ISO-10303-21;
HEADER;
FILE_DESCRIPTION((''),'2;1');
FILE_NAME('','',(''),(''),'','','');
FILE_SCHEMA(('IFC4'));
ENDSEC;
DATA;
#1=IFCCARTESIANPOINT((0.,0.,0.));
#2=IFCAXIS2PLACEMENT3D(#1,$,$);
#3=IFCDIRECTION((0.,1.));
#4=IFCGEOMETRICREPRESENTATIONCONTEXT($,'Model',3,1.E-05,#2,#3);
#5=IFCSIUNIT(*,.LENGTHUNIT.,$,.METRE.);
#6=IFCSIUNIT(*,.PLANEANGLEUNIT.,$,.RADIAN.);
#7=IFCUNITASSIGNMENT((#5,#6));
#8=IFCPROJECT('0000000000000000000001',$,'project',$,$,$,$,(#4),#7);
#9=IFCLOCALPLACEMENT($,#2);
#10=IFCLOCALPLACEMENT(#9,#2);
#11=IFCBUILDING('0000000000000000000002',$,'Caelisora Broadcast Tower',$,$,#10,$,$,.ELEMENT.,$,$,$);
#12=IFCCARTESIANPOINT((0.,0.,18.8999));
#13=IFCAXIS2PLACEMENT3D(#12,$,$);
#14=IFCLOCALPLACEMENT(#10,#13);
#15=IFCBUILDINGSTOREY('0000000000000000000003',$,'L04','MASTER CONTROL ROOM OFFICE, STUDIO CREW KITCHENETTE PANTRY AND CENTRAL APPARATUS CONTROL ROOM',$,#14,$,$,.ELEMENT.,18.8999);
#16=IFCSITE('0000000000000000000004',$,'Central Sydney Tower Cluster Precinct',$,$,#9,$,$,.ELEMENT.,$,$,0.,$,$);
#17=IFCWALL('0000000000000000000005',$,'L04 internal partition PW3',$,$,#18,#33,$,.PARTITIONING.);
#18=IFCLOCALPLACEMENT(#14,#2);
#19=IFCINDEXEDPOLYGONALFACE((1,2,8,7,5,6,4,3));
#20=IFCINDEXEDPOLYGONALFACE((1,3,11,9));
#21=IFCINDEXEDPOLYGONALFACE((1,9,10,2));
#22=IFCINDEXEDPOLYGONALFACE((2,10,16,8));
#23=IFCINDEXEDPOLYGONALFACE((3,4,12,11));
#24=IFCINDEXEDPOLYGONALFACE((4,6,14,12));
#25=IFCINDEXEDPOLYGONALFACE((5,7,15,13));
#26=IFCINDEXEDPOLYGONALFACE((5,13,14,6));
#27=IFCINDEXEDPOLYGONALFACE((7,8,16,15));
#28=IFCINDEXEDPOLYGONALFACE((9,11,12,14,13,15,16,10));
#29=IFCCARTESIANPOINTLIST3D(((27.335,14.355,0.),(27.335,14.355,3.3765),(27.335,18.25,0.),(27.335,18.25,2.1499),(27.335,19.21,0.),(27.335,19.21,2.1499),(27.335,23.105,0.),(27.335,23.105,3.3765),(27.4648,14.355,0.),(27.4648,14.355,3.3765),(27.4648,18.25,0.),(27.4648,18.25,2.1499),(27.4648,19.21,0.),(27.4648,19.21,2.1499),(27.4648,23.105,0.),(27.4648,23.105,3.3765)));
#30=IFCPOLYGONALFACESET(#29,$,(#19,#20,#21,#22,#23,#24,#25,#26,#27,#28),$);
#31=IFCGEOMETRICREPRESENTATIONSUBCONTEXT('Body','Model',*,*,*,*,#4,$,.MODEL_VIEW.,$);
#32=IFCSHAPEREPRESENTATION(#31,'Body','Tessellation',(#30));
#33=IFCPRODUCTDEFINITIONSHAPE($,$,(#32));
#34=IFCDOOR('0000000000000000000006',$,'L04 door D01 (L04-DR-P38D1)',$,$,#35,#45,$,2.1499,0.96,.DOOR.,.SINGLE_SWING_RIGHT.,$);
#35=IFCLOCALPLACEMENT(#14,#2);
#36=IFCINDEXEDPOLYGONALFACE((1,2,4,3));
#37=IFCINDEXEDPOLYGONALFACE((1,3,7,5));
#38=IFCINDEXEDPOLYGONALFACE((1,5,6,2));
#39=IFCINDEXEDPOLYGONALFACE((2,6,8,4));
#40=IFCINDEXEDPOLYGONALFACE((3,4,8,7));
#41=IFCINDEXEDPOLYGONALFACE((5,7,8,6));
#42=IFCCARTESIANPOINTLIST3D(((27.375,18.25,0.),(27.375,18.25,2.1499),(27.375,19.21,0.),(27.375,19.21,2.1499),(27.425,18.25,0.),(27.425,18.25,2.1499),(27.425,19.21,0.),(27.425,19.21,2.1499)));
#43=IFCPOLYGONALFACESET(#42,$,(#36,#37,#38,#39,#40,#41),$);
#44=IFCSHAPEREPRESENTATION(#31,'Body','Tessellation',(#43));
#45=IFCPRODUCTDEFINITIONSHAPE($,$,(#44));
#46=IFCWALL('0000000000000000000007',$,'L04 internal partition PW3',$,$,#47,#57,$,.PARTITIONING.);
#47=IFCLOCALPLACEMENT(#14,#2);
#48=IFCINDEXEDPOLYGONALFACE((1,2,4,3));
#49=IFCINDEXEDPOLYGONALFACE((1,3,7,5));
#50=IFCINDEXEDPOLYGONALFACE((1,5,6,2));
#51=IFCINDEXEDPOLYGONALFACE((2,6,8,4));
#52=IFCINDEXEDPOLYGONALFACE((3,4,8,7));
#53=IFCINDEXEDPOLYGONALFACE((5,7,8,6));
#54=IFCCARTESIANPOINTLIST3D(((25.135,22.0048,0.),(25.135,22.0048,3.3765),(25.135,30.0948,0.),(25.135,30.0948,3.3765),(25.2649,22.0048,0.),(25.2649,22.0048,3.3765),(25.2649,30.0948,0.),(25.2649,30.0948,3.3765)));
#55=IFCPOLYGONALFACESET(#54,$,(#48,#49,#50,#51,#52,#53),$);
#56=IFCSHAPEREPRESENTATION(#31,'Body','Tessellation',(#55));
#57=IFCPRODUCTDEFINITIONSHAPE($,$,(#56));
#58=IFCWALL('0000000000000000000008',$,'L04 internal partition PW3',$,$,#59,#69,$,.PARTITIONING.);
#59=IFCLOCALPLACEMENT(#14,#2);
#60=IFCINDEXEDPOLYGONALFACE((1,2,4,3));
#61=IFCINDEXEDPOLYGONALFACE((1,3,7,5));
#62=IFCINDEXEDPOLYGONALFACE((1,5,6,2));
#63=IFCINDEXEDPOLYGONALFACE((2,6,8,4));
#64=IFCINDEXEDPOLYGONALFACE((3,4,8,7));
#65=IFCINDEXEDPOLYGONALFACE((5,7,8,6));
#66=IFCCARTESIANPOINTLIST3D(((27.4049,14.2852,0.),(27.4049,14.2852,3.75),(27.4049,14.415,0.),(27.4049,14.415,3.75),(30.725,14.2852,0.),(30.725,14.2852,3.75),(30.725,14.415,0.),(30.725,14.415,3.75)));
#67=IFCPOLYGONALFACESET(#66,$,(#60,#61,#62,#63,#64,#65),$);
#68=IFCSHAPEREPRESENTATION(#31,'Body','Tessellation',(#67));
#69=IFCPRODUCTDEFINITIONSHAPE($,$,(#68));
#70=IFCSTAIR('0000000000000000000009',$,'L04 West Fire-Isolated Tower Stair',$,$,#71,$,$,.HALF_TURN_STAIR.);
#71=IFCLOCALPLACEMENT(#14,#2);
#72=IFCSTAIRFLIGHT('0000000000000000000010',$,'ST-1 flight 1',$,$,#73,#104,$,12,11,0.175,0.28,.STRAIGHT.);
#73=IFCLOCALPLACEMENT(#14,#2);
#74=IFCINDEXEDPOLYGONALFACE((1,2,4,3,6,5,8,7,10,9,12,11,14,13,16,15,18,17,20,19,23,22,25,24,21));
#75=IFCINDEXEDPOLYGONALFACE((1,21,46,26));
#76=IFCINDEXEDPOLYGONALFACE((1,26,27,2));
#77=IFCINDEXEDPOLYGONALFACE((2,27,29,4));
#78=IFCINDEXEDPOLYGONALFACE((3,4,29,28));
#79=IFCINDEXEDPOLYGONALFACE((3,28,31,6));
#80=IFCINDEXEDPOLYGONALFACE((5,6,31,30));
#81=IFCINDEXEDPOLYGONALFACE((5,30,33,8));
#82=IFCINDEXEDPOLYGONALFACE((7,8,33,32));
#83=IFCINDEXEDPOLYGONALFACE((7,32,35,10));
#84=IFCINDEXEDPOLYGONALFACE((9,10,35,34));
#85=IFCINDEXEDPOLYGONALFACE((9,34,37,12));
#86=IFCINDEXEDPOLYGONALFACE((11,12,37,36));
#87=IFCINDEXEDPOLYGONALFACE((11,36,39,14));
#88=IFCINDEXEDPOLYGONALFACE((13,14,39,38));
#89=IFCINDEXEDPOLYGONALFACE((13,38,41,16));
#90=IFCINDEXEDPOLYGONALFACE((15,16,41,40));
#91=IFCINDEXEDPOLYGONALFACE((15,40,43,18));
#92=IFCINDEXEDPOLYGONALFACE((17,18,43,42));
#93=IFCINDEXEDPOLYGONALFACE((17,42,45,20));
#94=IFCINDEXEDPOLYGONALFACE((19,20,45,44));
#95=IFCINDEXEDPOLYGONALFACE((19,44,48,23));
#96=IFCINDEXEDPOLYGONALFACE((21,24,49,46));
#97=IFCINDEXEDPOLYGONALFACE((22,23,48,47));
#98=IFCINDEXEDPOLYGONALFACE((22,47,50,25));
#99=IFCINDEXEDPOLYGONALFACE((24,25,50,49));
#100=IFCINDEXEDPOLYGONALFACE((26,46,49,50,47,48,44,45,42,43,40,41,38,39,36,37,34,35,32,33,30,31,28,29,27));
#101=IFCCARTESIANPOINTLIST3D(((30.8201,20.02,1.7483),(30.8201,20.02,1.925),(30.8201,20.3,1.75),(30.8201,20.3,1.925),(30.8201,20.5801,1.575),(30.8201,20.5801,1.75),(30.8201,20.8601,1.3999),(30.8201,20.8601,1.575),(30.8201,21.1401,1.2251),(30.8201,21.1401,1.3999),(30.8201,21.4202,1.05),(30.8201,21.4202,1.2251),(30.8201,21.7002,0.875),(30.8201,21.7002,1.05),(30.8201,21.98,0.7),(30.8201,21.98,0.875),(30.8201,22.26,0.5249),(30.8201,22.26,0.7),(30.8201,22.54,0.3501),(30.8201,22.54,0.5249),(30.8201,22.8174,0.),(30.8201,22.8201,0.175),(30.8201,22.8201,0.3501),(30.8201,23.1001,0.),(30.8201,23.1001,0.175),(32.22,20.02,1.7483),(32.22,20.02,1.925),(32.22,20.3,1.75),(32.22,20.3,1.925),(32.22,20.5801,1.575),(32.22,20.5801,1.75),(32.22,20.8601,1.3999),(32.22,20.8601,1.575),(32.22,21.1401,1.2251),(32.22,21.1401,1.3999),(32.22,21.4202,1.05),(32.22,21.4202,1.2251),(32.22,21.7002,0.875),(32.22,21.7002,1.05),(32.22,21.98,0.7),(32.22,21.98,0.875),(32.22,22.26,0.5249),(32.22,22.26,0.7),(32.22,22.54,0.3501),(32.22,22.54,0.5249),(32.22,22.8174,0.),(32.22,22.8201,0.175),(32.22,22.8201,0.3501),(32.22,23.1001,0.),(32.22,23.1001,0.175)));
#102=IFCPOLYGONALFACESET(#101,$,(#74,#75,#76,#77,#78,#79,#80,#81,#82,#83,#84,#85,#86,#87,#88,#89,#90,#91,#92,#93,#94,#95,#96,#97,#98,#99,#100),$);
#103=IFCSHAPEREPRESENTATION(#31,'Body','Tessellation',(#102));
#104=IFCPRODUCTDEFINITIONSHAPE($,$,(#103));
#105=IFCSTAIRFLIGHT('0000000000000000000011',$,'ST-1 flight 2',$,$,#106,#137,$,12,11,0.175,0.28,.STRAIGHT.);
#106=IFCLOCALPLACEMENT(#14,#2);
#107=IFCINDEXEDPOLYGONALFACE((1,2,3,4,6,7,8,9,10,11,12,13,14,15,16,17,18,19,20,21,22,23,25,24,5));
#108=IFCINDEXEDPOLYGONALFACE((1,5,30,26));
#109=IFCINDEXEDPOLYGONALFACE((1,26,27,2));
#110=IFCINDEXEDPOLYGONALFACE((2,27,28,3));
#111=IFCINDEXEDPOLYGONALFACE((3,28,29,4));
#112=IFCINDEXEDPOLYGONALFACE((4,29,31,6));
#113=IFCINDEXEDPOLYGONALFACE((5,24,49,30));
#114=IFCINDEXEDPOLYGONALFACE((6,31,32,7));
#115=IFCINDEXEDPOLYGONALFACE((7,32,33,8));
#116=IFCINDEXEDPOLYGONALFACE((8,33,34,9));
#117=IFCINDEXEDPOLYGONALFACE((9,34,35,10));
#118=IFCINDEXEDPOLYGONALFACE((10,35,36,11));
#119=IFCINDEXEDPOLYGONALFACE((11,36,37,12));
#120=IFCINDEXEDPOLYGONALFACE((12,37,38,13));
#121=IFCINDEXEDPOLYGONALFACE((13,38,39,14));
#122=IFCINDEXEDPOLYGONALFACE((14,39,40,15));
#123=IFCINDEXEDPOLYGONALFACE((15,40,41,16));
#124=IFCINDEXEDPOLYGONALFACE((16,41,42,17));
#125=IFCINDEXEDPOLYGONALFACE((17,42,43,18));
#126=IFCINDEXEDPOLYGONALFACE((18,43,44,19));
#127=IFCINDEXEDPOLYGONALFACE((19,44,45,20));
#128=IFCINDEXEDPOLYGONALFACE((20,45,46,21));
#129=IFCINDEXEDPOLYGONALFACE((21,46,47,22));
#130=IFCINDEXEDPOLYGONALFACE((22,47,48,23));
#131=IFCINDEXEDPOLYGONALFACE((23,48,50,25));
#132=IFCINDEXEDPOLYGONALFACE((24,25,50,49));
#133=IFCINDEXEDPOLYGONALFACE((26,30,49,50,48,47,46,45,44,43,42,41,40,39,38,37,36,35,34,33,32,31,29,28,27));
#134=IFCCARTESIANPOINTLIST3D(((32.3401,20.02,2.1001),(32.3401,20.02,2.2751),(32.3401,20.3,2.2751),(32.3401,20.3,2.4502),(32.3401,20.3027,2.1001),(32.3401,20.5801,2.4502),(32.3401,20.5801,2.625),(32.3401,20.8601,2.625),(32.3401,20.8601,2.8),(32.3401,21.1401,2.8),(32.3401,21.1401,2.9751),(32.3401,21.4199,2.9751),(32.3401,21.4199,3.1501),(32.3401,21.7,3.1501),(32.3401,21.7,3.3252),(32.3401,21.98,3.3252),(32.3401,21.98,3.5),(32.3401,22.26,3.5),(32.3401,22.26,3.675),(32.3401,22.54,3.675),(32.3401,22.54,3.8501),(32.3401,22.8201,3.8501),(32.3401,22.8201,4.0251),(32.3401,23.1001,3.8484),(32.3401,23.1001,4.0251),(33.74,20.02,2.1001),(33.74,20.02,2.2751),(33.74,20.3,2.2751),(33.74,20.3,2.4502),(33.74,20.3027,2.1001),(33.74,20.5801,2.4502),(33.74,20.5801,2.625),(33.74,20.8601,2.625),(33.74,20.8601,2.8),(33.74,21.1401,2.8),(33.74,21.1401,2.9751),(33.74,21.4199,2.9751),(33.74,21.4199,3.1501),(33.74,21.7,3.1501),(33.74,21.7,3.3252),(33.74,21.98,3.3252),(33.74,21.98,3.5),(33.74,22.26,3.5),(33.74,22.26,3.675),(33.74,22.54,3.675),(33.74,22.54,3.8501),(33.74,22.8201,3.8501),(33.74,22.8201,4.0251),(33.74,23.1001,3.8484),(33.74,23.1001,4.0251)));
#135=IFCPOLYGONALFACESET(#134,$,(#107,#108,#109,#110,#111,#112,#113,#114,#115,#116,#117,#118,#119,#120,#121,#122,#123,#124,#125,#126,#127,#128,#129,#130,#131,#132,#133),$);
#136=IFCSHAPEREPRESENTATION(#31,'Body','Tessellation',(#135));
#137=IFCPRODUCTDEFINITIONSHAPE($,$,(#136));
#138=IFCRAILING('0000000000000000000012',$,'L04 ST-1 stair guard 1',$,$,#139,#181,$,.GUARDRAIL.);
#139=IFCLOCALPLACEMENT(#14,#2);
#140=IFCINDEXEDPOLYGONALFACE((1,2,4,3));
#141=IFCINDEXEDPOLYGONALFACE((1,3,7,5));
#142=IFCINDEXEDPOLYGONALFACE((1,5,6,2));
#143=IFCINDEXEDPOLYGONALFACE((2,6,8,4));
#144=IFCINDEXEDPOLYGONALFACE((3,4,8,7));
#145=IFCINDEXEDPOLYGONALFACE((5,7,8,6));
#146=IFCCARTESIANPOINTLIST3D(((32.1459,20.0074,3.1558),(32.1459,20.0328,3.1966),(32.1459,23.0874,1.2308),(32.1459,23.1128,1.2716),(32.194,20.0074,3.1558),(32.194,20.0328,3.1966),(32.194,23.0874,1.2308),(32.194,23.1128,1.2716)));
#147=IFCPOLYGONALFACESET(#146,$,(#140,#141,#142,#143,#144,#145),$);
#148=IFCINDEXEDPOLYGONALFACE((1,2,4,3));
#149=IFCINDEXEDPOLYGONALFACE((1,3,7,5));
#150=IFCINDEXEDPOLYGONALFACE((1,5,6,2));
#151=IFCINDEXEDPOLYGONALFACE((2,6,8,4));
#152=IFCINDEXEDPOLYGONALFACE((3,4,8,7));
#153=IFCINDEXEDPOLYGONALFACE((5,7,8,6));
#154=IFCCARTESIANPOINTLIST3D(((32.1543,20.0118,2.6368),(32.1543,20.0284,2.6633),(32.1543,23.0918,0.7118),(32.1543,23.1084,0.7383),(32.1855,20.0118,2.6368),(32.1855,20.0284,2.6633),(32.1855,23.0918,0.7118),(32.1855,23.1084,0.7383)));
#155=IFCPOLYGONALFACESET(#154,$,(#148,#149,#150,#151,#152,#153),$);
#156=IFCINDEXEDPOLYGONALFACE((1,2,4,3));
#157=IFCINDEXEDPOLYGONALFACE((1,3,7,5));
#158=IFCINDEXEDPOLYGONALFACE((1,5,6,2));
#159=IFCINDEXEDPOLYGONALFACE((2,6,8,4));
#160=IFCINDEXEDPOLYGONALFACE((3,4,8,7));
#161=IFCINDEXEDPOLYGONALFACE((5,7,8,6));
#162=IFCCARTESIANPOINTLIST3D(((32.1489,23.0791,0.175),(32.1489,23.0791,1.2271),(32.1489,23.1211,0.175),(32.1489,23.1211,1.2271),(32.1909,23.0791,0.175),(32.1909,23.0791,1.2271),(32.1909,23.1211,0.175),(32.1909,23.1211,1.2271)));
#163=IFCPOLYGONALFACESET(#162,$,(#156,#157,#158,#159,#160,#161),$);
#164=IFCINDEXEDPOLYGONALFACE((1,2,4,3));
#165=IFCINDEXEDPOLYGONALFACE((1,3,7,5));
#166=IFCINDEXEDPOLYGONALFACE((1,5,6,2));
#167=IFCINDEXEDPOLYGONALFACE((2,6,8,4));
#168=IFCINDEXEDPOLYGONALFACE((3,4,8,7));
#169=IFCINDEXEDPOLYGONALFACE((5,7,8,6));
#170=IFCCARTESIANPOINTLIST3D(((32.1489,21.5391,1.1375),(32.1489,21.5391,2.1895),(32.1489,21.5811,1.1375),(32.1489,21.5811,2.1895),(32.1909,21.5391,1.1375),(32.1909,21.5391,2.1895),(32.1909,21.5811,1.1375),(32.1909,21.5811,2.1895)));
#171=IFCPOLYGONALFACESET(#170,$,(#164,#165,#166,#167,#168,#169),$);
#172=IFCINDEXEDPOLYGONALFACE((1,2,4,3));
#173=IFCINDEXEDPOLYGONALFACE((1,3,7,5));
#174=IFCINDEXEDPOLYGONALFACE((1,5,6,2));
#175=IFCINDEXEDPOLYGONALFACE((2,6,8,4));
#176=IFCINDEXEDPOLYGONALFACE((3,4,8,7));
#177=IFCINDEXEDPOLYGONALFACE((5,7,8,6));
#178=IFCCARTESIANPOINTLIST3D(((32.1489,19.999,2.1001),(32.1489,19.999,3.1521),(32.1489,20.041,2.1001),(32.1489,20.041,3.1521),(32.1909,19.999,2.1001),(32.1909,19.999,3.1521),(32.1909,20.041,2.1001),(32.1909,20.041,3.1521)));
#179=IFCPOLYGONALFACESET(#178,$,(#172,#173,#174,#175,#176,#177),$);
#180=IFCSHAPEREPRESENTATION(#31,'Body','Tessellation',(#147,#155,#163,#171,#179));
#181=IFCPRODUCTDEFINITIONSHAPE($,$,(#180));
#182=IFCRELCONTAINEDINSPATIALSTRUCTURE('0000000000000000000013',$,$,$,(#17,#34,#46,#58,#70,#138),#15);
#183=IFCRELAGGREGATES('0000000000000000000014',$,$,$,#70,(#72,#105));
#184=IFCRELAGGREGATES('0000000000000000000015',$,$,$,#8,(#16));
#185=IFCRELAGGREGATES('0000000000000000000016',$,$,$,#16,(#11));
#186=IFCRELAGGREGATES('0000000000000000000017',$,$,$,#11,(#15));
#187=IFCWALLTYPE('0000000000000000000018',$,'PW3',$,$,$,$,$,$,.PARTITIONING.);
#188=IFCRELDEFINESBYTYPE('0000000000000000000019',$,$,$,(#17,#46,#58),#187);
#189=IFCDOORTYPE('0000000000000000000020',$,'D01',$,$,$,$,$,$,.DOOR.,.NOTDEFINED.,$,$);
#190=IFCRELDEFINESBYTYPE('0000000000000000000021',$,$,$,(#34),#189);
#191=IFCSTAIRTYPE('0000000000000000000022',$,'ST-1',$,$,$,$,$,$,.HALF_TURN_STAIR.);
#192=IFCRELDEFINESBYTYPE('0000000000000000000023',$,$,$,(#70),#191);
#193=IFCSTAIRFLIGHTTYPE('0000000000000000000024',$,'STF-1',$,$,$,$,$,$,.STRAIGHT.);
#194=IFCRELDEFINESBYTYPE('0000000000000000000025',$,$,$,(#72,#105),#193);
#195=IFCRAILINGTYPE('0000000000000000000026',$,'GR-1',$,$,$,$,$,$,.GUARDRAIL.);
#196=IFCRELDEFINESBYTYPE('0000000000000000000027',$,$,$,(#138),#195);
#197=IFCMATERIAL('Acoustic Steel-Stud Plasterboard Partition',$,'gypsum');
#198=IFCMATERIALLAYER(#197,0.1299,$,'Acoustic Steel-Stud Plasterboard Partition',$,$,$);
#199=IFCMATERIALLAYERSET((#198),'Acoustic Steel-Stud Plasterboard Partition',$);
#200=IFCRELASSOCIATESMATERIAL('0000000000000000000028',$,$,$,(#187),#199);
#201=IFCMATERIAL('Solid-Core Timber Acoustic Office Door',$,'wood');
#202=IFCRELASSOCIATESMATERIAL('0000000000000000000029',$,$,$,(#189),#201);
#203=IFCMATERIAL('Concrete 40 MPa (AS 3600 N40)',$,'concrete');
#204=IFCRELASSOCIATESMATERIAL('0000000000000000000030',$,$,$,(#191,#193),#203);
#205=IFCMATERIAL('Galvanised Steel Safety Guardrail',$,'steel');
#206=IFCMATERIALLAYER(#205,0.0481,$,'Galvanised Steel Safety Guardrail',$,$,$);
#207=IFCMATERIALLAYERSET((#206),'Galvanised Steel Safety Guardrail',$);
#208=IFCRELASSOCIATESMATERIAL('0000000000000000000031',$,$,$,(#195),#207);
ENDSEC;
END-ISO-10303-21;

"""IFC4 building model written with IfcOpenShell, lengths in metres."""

from ifc_helpers import new_model, si_unit, direction, frame, frame_2d, origin, origin_2d, place, context, subcontext, project, spatial, polyline, rectangle, outline, extrude, material, layer, layer_set, type_object, element, fill, aggregate, save


model = new_model("IFC4")

# Units and contexts
model_context = context("Model", 3, precision=1e-05, world=origin(), true_north=direction((0.0, 1.0)))
body_context = subcontext(model_context, "Body", "Model", "MODEL_VIEW")
ifc_project = project(units=[si_unit("LENGTHUNIT", "METRE"), si_unit("PLANEANGLEUNIT", "RADIAN")], contexts=[model_context])

# Site, building, storey
site_placement = place(None, origin())
site = spatial("IfcSite", under=ifc_project, at=site_placement, Name="Central Sydney Tower Cluster Precinct", CompositionType="ELEMENT", RefElevation=0.0)
building_placement = place(site_placement, origin())
building = spatial("IfcBuilding", under=site, at=building_placement, Name="Caelisora Broadcast Tower", CompositionType="ELEMENT")
storey_placement = place(building_placement, frame((0.0, 0.0, 18.8999)))
storey = spatial("IfcBuildingStorey", under=building, at=storey_placement, Name="L04", Description="MASTER CONTROL ROOM OFFICE, STUDIO CREW KITCHENETTE PANTRY AND CENTRAL APPARATUS CONTROL ROOM", CompositionType="ELEMENT", Elevation=18.8999)

# Wall, opening, door
ifc_material_1 = material(Name="Acoustic Steel-Stud Plasterboard Partition", Category="gypsum")
ifc_layer_1 = layer(ifc_material_1, 0.1299, Name="Acoustic Steel-Stud Plasterboard Partition")
ifc_layer_set_1 = layer_set([ifc_layer_1], Name="Acoustic Steel-Stud Plasterboard Partition")
wall_type_1 = type_object("IfcWallType", Name="PW3", PredefinedType="PARTITIONING", material=ifc_layer_set_1)
ifc_material_2 = material(Name="Solid-Core Timber Acoustic Office Door", Category="wood")
door_type_1 = type_object("IfcDoorType", Name="D01", OperationType="NOTDEFINED", PredefinedType="DOOR", material=ifc_material_2)
wall_1_placement = place(storey_placement, frame((27.3999, 14.355, 0.0), z_axis=(0.0, 0.0, 1.0), x_axis=(0.0, 1.0, 0.0)))
wall_1 = element("IfcWall", 1, at=wall_1_placement, inside=storey, type_object=wall_type_1, Name="L04 internal partition PW3", PredefinedType="PARTITIONING", context=body_context, shape_type="SweptSolid", body=[
    extrude(rectangle(XDim=8.75, YDim=0.1299, at=frame_2d((4.375, 0.0))), origin(), (0.0, 0.0, 1.0), 3.3765),
])
opening_1_placement = place(wall_1_placement, frame((3.895, 0.0, 0.0)))
opening_1 = element("IfcOpeningElement", 2, at=opening_1_placement, cuts=wall_1, PredefinedType="OPENING", context=body_context, shape_type="SweptSolid", body=[
    extrude(rectangle(XDim=0.96, YDim=2.1499, at=frame_2d((0.48, 1.075))), frame((0.0, 0.0769, 0.0), z_axis=(0.0, -1.0, 0.0), x_axis=(1.0, 0.0, 0.0)), (0.0, 0.0, 1.0), 0.1538),
])
door_1_placement = place(opening_1_placement, origin())
door_1 = element("IfcDoor", 3, at=door_1_placement, inside=storey, type_object=door_type_1, Name="L04 door D01 (L04-DR-P38D1)", OperationType="SINGLE_SWING_RIGHT", OverallHeight=2.1499, OverallWidth=0.96, PredefinedType="DOOR", context=body_context, shape_type="SweptSolid", body=[
    extrude(rectangle(XDim=0.96, YDim=2.1499, at=frame_2d((0.48, 1.075))), frame((0.0, 0.0249, 0.0), z_axis=(0.0, -1.0, 0.0), x_axis=(1.0, 0.0, 0.0)), (0.0, 0.0, 1.0), 0.05),
])
fill(opening_1, door_1)

# Walls
wall_2_placement = place(storey_placement, frame((25.2, 22.0049, 0.0), z_axis=(0.0, 0.0, 1.0), x_axis=(0.0, 1.0, 0.0)))
element("IfcWall", 4, at=wall_2_placement, inside=storey, type_object=wall_type_1, Name="L04 internal partition PW3", PredefinedType="PARTITIONING", context=body_context, shape_type="SweptSolid", body=[
    extrude(rectangle(XDim=8.0901, YDim=0.1299, at=frame_2d((4.0449, 0.0))), origin(), (0.0, 0.0, 1.0), 3.3765),
])
wall_3_placement = place(storey_placement, frame((30.7251, 14.3501, 0.0), z_axis=(0.0, 0.0, 1.0), x_axis=(-1.0, 0.0, 0.0)))
element("IfcWall", 5, at=wall_3_placement, inside=storey, type_object=wall_type_1, Name="L04 internal partition PW3", PredefinedType="PARTITIONING", context=body_context, shape_type="SweptSolid", body=[
    extrude(rectangle(XDim=3.3201, YDim=0.1299, at=frame_2d((1.6602, 0.0))), origin(), (0.0, 0.0, 1.0), 3.75),
])

# Stair, stair flights
ifc_material_3 = material(Name="Concrete 40 MPa (AS 3600 N40)", Category="concrete")
stair_type = type_object("IfcStairType", Name="ST-1", PredefinedType="HALF_TURN_STAIR", material=ifc_material_3)
stair_placement = place(storey_placement, origin())
stair = element("IfcStair", 6, at=stair_placement, inside=storey, type_object=stair_type, Name="L04 West Fire-Isolated Tower Stair", PredefinedType="HALF_TURN_STAIR")
stair_flight_type = type_object("IfcStairFlightType", Name="STF-1", PredefinedType="STRAIGHT", material=ifc_material_3)
stair_flight_1_placement = place(storey_placement, frame((31.52, 23.1001, 0.0), z_axis=(0.0, 0.0, 1.0), x_axis=(0.0, -1.0, 0.0)))
stair_flight_1 = element("IfcStairFlight", 7, at=stair_flight_1_placement, type_object=stair_flight_type, Name="ST-1 flight 1", NumberOfRisers=12, NumberOfTreads=11, PredefinedType="STRAIGHT", RiserHeight=0.175, TreadLength=0.28, context=body_context, shape_type="SweptSolid", body=[
    extrude(outline(polyline([(0.0, 0.0), (0.0, 0.175), (0.28, 0.175), (0.28, 0.3501), (0.5601, 0.3501), (0.5601, 0.5249), (0.8401, 0.5249), (0.8401, 0.7), (1.1201, 0.7), (1.1201, 0.875), (1.3999, 0.875), (1.3999, 1.05), (1.6799, 1.05), (1.6799, 1.2251), (1.96, 1.2251), (1.96, 1.3999), (2.24, 1.3999), (2.24, 1.575), (2.52, 1.575), (2.52, 1.75), (2.8, 1.75), (2.8, 1.925), (3.0801, 1.925), (3.0801, 2.1001), (3.0801, 1.7483), (0.2827, 0.0), (0.0, 0.0)])), frame((0.0, 0.7, 0.0), z_axis=(0.0, -1.0, 0.0), x_axis=(1.0, 0.0, 0.0)), (0.0, 0.0, 1.0), 1.3999),
])
stair_flight_2_placement = place(storey_placement, frame((33.04, 20.02, 2.1001), z_axis=(0.0, 0.0, 1.0), x_axis=(0.0, 1.0, 0.0)))
stair_flight_2 = element("IfcStairFlight", 8, at=stair_flight_2_placement, type_object=stair_flight_type, Name="ST-1 flight 2", NumberOfRisers=12, NumberOfTreads=11, PredefinedType="STRAIGHT", RiserHeight=0.175, TreadLength=0.28, context=body_context, shape_type="SweptSolid", body=[
    extrude(outline(polyline([(0.0, 0.0), (0.0, 0.175), (0.28, 0.175), (0.28, 0.3501), (0.5601, 0.3501), (0.5601, 0.5249), (0.8401, 0.5249), (0.8401, 0.7), (1.1201, 0.7), (1.1201, 0.875), (1.3999, 0.875), (1.3999, 1.05), (1.6799, 1.05), (1.6799, 1.2251), (1.96, 1.2251), (1.96, 1.3999), (2.24, 1.3999), (2.24, 1.575), (2.52, 1.575), (2.52, 1.75), (2.8, 1.75), (2.8, 1.925), (3.0801, 1.925), (3.0801, 2.1001), (3.0801, 1.7483), (0.2827, 0.0), (0.0, 0.0)])), frame((0.0, 0.7, 0.0), z_axis=(0.0, -1.0, 0.0), x_axis=(1.0, 0.0, 0.0)), (0.0, 0.0, 1.0), 1.3999),
])
aggregate(stair, [stair_flight_1, stair_flight_2])

# Railing
ifc_material_4 = material(Name="Galvanised Steel Safety Guardrail", Category="steel")
ifc_layer_2 = layer(ifc_material_4, 0.0481, Name="Galvanised Steel Safety Guardrail")
ifc_layer_set_2 = layer_set([ifc_layer_2], Name="Galvanised Steel Safety Guardrail")
railing_type_1 = type_object("IfcRailingType", Name="GR-1", PredefinedType="GUARDRAIL", material=ifc_layer_set_2)
railing_1_placement = place(storey_placement, frame((32.1699, 23.1001, 0.175)))
element("IfcRailing", 9, at=railing_1_placement, inside=storey, type_object=railing_type_1, Name="L04 ST-1 stair guard 1", PredefinedType="GUARDRAIL", context=body_context, shape_type="SweptSolid", body=[
    extrude(rectangle(XDim=0.0481, YDim=0.0481, at=origin_2d()), frame((0.0, 0.0, 1.0762), z_axis=(0.0, -0.847998, 0.529999), x_axis=(1.0, 0.0, 0.0)), (0.0, 0.0, 1.0), 3.6321),
    extrude(rectangle(XDim=0.0312, YDim=0.0312, at=origin_2d()), frame((0.0, 0.0, 0.55), z_axis=(0.0, -0.847998, 0.529999), x_axis=(1.0, 0.0, 0.0)), (0.0, 0.0, 1.0), 3.6321),
    extrude(rectangle(XDim=0.042, YDim=0.042, at=origin_2d()), origin(), (0.0, 0.0, 1.0), 1.052),
    extrude(rectangle(XDim=0.042, YDim=0.042, at=origin_2d()), frame((0.0, -1.54, 0.9624)), (0.0, 0.0, 1.0), 1.052),
    extrude(rectangle(XDim=0.042, YDim=0.042, at=origin_2d()), frame((0.0, -3.0801, 1.925)), (0.0, 0.0, 1.0), 1.052),
])

save(model, "model.ifc")
